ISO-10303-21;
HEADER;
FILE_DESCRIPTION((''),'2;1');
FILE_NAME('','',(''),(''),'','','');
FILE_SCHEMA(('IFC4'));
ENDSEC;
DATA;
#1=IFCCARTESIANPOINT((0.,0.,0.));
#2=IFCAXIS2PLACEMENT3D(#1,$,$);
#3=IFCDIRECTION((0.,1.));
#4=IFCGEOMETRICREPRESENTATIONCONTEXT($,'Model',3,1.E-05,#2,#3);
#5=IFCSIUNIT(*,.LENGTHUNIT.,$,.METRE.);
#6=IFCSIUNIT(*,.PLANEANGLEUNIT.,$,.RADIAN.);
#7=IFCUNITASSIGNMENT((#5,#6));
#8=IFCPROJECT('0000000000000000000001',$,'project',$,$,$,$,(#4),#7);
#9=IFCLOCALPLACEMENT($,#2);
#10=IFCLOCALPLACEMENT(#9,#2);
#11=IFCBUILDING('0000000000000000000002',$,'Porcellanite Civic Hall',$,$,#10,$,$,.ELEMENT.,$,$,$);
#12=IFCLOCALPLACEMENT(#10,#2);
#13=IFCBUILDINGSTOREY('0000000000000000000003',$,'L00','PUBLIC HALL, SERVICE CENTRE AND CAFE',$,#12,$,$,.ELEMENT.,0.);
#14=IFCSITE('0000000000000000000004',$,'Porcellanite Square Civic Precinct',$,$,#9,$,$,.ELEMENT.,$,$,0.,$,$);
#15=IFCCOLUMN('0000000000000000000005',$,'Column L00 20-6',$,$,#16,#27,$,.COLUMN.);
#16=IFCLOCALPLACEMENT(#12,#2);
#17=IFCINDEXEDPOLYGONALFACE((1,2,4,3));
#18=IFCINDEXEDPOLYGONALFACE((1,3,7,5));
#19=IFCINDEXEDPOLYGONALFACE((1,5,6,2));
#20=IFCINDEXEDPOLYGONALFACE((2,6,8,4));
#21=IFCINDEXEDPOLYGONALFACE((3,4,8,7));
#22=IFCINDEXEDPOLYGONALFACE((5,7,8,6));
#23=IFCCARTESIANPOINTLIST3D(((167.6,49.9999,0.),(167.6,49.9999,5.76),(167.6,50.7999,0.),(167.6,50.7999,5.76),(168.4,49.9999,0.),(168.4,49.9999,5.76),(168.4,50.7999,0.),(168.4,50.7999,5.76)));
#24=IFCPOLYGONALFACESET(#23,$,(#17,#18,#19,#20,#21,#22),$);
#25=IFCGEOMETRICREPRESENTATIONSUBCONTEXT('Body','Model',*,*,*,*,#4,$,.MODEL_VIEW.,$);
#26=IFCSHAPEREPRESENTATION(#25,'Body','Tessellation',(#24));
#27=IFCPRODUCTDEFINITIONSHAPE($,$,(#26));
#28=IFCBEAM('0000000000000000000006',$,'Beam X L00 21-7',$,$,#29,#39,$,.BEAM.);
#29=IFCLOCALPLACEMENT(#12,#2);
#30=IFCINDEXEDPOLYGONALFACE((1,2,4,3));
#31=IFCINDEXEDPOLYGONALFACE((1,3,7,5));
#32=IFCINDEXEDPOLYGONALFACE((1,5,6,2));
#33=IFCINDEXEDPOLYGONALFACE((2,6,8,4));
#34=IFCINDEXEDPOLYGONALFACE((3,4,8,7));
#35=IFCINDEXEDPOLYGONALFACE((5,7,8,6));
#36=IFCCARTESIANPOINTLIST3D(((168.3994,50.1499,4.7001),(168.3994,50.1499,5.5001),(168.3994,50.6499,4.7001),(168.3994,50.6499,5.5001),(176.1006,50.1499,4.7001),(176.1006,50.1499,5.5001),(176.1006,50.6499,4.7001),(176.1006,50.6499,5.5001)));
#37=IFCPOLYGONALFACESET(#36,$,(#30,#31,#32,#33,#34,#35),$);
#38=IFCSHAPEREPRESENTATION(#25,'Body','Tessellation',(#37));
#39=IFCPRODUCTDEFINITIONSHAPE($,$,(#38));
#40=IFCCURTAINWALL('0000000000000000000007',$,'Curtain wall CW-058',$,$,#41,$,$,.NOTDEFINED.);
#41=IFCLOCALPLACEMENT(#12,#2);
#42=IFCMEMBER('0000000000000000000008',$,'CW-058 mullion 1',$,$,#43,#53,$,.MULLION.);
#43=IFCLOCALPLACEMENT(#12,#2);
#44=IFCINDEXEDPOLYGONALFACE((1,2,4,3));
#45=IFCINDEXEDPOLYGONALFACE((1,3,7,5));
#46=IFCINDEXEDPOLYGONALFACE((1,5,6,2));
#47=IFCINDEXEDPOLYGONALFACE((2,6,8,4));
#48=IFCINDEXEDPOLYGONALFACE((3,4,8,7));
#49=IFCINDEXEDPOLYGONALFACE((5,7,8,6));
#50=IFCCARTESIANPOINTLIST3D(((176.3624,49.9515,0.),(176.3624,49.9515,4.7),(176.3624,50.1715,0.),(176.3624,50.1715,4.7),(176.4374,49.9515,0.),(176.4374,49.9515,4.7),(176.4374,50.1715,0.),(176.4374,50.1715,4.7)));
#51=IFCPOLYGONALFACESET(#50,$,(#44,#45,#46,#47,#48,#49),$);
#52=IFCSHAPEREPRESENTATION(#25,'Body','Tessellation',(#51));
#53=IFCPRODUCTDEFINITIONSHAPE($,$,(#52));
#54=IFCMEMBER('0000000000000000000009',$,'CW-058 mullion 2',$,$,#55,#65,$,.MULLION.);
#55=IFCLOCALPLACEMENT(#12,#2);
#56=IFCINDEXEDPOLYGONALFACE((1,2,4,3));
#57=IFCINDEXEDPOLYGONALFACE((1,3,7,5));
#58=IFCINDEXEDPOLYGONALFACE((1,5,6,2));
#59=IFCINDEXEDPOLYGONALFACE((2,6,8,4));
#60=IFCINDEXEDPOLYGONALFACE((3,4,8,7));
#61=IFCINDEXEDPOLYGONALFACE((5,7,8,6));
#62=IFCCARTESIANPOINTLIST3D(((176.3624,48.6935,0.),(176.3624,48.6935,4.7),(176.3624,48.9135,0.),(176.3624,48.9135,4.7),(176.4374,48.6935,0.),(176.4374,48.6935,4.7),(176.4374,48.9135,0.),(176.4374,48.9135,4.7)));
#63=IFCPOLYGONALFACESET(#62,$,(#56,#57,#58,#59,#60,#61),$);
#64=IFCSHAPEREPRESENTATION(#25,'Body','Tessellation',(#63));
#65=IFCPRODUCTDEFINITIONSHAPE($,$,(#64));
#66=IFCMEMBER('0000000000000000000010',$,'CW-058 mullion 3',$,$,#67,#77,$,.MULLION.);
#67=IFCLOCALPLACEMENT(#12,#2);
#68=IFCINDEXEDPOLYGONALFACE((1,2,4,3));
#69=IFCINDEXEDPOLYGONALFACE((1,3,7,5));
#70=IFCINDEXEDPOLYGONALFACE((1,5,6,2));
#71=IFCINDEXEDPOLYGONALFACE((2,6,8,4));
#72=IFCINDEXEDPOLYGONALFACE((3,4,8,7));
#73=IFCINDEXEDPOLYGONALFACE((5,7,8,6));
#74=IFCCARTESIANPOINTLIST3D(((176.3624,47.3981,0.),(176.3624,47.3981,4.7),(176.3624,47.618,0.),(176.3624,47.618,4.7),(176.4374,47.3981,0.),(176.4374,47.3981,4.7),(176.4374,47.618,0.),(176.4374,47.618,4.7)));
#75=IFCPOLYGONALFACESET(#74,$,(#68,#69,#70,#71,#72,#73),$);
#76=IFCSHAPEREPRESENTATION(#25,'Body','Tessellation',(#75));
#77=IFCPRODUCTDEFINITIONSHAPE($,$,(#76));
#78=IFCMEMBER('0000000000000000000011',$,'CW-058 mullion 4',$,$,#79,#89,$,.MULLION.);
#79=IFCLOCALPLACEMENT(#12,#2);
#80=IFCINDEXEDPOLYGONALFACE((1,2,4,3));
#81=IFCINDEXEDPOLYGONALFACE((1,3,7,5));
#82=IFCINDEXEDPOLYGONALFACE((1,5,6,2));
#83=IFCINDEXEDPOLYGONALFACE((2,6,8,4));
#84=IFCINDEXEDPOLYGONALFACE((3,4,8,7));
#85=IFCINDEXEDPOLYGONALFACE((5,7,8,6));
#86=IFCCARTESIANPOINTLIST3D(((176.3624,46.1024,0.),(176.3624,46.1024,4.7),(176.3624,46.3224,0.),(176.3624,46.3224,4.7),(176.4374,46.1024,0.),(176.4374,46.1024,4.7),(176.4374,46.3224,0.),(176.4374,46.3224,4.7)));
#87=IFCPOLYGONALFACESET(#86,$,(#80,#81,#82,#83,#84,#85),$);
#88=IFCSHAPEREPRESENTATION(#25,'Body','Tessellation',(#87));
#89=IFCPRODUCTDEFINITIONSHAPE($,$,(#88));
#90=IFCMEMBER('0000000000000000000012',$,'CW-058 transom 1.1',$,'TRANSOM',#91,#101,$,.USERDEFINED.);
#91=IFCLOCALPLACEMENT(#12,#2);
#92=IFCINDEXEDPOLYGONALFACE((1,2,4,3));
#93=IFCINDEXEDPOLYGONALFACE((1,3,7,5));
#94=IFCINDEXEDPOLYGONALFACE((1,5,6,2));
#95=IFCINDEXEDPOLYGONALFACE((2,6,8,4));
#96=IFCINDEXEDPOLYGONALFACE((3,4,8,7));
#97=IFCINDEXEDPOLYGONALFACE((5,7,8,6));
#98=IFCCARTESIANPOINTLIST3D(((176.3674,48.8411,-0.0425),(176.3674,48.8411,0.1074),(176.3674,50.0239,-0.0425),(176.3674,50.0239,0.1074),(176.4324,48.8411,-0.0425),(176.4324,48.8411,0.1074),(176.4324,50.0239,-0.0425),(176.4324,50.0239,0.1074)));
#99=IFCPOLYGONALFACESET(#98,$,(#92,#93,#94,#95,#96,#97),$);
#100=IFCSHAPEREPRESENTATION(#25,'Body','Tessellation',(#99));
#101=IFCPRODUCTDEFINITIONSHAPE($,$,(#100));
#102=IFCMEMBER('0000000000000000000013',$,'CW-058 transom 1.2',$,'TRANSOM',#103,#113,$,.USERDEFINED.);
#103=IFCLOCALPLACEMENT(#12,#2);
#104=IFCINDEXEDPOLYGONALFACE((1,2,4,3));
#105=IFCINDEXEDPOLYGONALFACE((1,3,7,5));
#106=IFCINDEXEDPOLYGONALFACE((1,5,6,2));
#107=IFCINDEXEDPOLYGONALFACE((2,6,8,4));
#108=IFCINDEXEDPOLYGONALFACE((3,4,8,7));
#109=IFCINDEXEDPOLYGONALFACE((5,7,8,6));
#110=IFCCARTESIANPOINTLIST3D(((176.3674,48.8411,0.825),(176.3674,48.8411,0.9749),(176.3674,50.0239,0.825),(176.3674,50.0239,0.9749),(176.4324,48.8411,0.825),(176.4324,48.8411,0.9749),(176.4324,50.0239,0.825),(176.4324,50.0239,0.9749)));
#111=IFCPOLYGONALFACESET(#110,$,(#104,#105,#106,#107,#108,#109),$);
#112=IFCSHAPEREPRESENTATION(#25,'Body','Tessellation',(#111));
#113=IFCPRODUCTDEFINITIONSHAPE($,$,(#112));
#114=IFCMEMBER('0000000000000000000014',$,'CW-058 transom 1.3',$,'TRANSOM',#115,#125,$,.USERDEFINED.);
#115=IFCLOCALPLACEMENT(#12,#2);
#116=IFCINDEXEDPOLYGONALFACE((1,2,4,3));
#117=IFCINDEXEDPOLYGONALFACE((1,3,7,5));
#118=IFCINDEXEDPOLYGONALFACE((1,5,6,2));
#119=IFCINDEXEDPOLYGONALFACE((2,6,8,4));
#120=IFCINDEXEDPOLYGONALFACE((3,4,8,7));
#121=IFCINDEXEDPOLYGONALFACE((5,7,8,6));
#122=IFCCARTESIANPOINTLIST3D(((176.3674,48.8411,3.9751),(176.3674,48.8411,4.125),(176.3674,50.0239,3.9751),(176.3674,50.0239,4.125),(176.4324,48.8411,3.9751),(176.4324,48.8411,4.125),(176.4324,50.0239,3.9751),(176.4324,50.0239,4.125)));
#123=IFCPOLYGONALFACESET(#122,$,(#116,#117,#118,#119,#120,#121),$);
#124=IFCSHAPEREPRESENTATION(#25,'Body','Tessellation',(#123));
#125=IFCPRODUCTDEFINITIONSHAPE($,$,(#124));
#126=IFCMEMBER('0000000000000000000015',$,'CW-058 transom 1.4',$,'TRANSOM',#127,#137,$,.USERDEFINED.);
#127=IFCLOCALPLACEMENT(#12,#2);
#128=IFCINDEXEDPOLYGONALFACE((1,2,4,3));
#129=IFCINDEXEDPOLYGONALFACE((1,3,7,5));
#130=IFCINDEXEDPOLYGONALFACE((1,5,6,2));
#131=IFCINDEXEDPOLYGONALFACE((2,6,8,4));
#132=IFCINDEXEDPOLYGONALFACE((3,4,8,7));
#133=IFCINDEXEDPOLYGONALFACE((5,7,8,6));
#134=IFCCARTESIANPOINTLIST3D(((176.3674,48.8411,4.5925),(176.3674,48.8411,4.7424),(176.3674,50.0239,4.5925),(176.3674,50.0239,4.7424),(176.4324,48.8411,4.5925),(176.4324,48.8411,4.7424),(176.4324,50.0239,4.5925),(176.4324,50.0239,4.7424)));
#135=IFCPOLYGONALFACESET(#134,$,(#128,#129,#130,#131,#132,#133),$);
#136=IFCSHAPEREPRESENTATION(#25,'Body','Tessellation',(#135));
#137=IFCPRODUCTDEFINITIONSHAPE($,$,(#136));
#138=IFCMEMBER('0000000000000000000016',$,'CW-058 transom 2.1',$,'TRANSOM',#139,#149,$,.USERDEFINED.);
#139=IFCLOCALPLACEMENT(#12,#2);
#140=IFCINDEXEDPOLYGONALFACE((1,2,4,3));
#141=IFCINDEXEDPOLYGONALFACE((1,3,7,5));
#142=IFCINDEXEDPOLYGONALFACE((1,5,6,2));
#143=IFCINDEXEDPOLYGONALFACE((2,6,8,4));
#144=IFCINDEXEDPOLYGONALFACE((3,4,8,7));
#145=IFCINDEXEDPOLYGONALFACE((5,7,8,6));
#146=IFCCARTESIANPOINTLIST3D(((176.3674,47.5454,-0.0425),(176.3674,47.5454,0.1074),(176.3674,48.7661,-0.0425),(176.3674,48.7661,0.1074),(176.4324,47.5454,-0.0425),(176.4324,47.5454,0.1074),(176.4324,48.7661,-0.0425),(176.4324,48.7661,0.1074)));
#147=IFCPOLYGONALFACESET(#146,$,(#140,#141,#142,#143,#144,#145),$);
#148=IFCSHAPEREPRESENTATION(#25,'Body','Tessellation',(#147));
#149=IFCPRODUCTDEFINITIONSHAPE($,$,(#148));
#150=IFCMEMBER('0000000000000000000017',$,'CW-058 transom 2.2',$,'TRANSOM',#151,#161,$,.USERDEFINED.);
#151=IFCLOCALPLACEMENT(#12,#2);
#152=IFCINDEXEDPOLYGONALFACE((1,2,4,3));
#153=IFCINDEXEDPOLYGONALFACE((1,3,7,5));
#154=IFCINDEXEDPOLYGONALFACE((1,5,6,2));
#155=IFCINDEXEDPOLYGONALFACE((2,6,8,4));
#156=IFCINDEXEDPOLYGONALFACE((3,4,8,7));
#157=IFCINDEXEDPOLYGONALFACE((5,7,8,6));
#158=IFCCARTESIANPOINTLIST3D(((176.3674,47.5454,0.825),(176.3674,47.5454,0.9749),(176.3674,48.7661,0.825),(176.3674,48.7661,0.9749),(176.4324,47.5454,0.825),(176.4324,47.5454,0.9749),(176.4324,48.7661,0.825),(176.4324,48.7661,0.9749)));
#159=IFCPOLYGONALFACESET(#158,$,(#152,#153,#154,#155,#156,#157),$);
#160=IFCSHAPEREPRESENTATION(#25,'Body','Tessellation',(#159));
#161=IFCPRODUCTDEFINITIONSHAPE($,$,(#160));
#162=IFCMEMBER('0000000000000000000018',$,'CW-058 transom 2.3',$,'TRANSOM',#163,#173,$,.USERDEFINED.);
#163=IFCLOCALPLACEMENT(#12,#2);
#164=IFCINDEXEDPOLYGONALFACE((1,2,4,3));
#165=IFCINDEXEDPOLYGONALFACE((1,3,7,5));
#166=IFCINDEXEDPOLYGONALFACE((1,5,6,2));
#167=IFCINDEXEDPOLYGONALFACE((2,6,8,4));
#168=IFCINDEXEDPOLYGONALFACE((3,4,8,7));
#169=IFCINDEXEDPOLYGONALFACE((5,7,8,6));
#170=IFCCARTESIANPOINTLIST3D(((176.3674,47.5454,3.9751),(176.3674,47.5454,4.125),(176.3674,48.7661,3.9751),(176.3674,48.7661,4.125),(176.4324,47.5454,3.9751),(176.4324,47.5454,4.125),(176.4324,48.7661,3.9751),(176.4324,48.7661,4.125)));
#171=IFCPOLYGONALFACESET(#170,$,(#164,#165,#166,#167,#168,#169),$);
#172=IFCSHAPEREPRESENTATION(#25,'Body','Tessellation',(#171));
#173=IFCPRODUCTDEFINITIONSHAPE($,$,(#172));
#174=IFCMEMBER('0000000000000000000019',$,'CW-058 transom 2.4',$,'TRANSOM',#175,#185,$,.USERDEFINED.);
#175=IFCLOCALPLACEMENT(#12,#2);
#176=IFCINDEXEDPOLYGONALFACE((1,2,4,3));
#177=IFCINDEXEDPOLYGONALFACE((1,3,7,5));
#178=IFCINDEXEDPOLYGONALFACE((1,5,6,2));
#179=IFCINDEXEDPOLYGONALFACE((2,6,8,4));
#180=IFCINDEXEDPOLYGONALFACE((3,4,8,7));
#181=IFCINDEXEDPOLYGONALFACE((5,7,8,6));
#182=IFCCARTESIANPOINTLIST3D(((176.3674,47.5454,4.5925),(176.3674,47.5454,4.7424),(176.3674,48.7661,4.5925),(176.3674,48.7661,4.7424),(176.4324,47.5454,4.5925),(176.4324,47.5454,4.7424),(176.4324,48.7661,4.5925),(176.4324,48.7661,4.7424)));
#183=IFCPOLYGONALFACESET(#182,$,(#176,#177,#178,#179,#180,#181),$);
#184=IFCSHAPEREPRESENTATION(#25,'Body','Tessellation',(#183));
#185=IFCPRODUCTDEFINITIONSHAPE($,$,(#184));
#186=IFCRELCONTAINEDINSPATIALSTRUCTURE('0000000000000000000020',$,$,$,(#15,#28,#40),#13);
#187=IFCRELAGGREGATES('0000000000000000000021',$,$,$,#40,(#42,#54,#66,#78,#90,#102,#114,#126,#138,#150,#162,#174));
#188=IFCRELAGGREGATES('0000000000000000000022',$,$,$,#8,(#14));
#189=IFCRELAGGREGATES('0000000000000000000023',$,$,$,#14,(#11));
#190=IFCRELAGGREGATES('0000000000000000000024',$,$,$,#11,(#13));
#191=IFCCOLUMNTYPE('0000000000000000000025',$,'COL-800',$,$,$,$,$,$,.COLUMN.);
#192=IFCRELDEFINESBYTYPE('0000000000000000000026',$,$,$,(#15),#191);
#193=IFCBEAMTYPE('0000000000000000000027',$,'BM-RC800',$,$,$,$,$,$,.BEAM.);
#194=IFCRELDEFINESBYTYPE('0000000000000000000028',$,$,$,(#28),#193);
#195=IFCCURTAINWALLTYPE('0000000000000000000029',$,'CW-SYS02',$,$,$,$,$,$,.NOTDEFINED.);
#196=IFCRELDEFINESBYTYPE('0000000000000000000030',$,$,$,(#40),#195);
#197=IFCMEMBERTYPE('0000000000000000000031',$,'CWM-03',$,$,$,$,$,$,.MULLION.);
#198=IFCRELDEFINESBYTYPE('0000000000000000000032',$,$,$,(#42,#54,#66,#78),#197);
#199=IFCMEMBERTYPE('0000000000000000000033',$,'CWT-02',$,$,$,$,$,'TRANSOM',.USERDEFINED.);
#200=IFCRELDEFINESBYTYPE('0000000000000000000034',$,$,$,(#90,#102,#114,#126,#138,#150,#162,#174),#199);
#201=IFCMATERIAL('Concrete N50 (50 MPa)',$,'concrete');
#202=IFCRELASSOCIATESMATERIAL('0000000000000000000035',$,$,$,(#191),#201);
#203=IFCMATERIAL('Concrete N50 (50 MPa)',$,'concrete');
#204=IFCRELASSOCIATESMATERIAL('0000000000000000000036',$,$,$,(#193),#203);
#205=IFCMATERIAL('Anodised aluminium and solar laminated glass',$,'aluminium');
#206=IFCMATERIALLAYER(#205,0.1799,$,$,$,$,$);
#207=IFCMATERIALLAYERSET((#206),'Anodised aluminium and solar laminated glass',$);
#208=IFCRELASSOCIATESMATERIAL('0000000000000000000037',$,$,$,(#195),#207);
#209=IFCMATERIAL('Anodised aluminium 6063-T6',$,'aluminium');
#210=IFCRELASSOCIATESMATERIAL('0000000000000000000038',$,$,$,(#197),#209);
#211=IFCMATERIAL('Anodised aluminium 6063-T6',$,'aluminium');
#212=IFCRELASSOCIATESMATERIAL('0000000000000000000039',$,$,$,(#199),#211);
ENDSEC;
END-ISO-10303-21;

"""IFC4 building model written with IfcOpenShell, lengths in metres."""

from ifc_helpers import new_model, si_unit, direction, frame, origin, origin_2d, place, context, subcontext, project, spatial, rectangle, extrude, material, layer, layer_set, material_profile, profile_set, type_object, element, aggregate, save


model = new_model("IFC4")

# Units and contexts
model_context = context("Model", 3, precision=1e-05, world=origin(), true_north=direction((0.0, 1.0)))
body_context = subcontext(model_context, "Body", "Model", "MODEL_VIEW")
ifc_project = project(units=[si_unit("LENGTHUNIT", "METRE"), si_unit("PLANEANGLEUNIT", "RADIAN")], contexts=[model_context])

# Site, building, storey
site_placement = place(None, origin())
site = spatial("IfcSite", under=ifc_project, at=site_placement, Name="Porcellanite Square Civic Precinct", CompositionType="ELEMENT", RefElevation=0.0)
building_placement = place(site_placement, origin())
building = spatial("IfcBuilding", under=site, at=building_placement, Name="Porcellanite Civic Hall", CompositionType="ELEMENT")
storey_placement = place(building_placement, origin())
storey = spatial("IfcBuildingStorey", under=building, at=storey_placement, Name="L00", Description="PUBLIC HALL, SERVICE CENTRE AND CAFE", CompositionType="ELEMENT", Elevation=0.0)

# Column
ifc_material_1 = material(Name="Concrete N50 (50 MPa)", Category="concrete")
ifc_material_profile_1 = material_profile(ifc_material_1, rectangle(XDim=0.8, YDim=0.8, at=origin_2d()), Name="RC-800x800")
ifc_profile_set_1 = profile_set([ifc_material_profile_1], Name="Concrete N50 (50 MPa)")
column_type = type_object("IfcColumnType", Name="COL-800", PredefinedType="COLUMN", material=ifc_profile_set_1)
column_placement = place(storey_placement, frame((168.0, 50.3999, 0.0), z_axis=(0.0, 0.0, 1.0), x_axis=(1.0, 0.0, 0.0)))
element("IfcColumn", 1, at=column_placement, inside=storey, type_object=column_type, Name="Column L00 20-6", PredefinedType="COLUMN", context=body_context, shape_type="SweptSolid", body=[
    extrude(rectangle(XDim=0.8, YDim=0.8, at=origin_2d()), origin(), (0.0, 0.0, 1.0), 5.76),
])

# Beam
ifc_material_2 = material(Name="Concrete N50 (50 MPa)", Category="concrete")
ifc_material_profile_2 = material_profile(ifc_material_2, rectangle(XDim=0.5, YDim=0.8, at=origin_2d()), Name="RC-500x800")
ifc_profile_set_2 = profile_set([ifc_material_profile_2], Name="Concrete N50 (50 MPa)")
beam_type = type_object("IfcBeamType", Name="BM-RC800", PredefinedType="BEAM", material=ifc_profile_set_2)
beam_placement = place(storey_placement, frame((168.3994, 50.3999, 5.1001), z_axis=(1.0, 0.0, 0.0), x_axis=(0.0, 1.0, 0.0)))
element("IfcBeam", 2, at=beam_placement, inside=storey, type_object=beam_type, Name="Beam X L00 21-7", PredefinedType="BEAM", context=body_context, shape_type="SweptSolid", body=[
    extrude(rectangle(XDim=0.5, YDim=0.8, at=origin_2d()), origin(), (0.0, 0.0, 1.0), 7.7012),
])

# Curtain wall, members
ifc_material_3 = material(Name="Anodised aluminium and solar laminated glass", Category="aluminium")
ifc_layer_1 = layer(ifc_material_3, 0.1799)
ifc_layer_set_1 = layer_set([ifc_layer_1], Name="Anodised aluminium and solar laminated glass")
curtain_wall_type = type_object("IfcCurtainWallType", Name="CW-SYS02", PredefinedType="NOTDEFINED", material=ifc_layer_set_1)
curtain_wall_placement = place(storey_placement, origin())
curtain_wall = element("IfcCurtainWall", 3, at=curtain_wall_placement, inside=storey, type_object=curtain_wall_type, Name="Curtain wall CW-058", PredefinedType="NOTDEFINED")
ifc_material_4 = material(Name="Anodised aluminium 6063-T6", Category="aluminium")
ifc_material_profile_3 = material_profile(ifc_material_4, rectangle(XDim=0.075, YDim=0.22, at=origin_2d()), Name="AL-75x220")
ifc_profile_set_3 = profile_set([ifc_material_profile_3], Name="Anodised aluminium 6063-T6")
member_type_1 = type_object("IfcMemberType", Name="CWM-03", PredefinedType="MULLION", material=ifc_profile_set_3)
member_1_placement = place(storey_placement, frame((176.3999, 50.0615, 0.0), z_axis=(0.0, 0.0, 1.0), x_axis=(1.0, 0.0, 0.0)))
member_1 = element("IfcMember", 4, at=member_1_placement, type_object=member_type_1, Name="CW-058 mullion 1", PredefinedType="MULLION", context=body_context, shape_type="SweptSolid", body=[
    extrude(rectangle(XDim=0.075, YDim=0.22, at=origin_2d()), origin(), (0.0, 0.0, 1.0), 4.7),
])
member_2_placement = place(storey_placement, frame((176.3999, 48.8035, 0.0), z_axis=(0.0, 0.0, 1.0), x_axis=(1.0, 0.0, 0.0)))
member_2 = element("IfcMember", 5, at=member_2_placement, type_object=member_type_1, Name="CW-058 mullion 2", PredefinedType="MULLION", context=body_context, shape_type="SweptSolid", body=[
    extrude(rectangle(XDim=0.075, YDim=0.22, at=origin_2d()), origin(), (0.0, 0.0, 1.0), 4.7),
])
member_3_placement = place(storey_placement, frame((176.3999, 47.5081, 0.0), z_axis=(0.0, 0.0, 1.0), x_axis=(1.0, 0.0, 0.0)))
member_3 = element("IfcMember", 6, at=member_3_placement, type_object=member_type_1, Name="CW-058 mullion 3", PredefinedType="MULLION", context=body_context, shape_type="SweptSolid", body=[
    extrude(rectangle(XDim=0.075, YDim=0.22, at=origin_2d()), origin(), (0.0, 0.0, 1.0), 4.7),
])
member_4_placement = place(storey_placement, frame((176.3999, 46.2124, 0.0), z_axis=(0.0, 0.0, 1.0), x_axis=(1.0, 0.0, 0.0)))
member_4 = element("IfcMember", 7, at=member_4_placement, type_object=member_type_1, Name="CW-058 mullion 4", PredefinedType="MULLION", context=body_context, shape_type="SweptSolid", body=[
    extrude(rectangle(XDim=0.075, YDim=0.22, at=origin_2d()), origin(), (0.0, 0.0, 1.0), 4.7),
])
ifc_material_5 = material(Name="Anodised aluminium 6063-T6", Category="aluminium")
ifc_material_profile_4 = material_profile(ifc_material_5, rectangle(XDim=0.0649, YDim=0.1499, at=origin_2d()), Name="AL-65x150")
ifc_profile_set_4 = profile_set([ifc_material_profile_4], Name="Anodised aluminium 6063-T6")
member_type_2 = type_object("IfcMemberType", Name="CWT-02", ElementType="TRANSOM", PredefinedType="USERDEFINED", material=ifc_profile_set_4)
member_5_placement = place(storey_placement, frame((176.3999, 50.0239, 0.0325), z_axis=(0.0, -1.0, 0.0), x_axis=(1.0, 0.0, 0.0)))
member_5 = element("IfcMember", 8, at=member_5_placement, type_object=member_type_2, Name="CW-058 transom 1.1", ObjectType="TRANSOM", PredefinedType="USERDEFINED", context=body_context, shape_type="SweptSolid", body=[
    extrude(rectangle(XDim=0.0649, YDim=0.1499, at=origin_2d()), origin(), (0.0, 0.0, 1.0), 1.1829),
])
member_6_placement = place(storey_placement, frame((176.3999, 50.0239, 0.8999), z_axis=(0.0, -1.0, 0.0), x_axis=(1.0, 0.0, 0.0)))
member_6 = element("IfcMember", 9, at=member_6_placement, type_object=member_type_2, Name="CW-058 transom 1.2", ObjectType="TRANSOM", PredefinedType="USERDEFINED", context=body_context, shape_type="SweptSolid", body=[
    extrude(rectangle(XDim=0.0649, YDim=0.1499, at=origin_2d()), origin(), (0.0, 0.0, 1.0), 1.1829),
])
member_7_placement = place(storey_placement, frame((176.3999, 50.0239, 4.05), z_axis=(0.0, -1.0, 0.0), x_axis=(1.0, 0.0, 0.0)))
member_7 = element("IfcMember", 10, at=member_7_placement, type_object=member_type_2, Name="CW-058 transom 1.3", ObjectType="TRANSOM", PredefinedType="USERDEFINED", context=body_context, shape_type="SweptSolid", body=[
    extrude(rectangle(XDim=0.0649, YDim=0.1499, at=origin_2d()), origin(), (0.0, 0.0, 1.0), 1.1829),
])
member_8_placement = place(storey_placement, frame((176.3999, 50.0239, 4.6675), z_axis=(0.0, -1.0, 0.0), x_axis=(1.0, 0.0, 0.0)))
member_8 = element("IfcMember", 11, at=member_8_placement, type_object=member_type_2, Name="CW-058 transom 1.4", ObjectType="TRANSOM", PredefinedType="USERDEFINED", context=body_context, shape_type="SweptSolid", body=[
    extrude(rectangle(XDim=0.0649, YDim=0.1499, at=origin_2d()), origin(), (0.0, 0.0, 1.0), 1.1829),
])
member_9_placement = place(storey_placement, frame((176.3999, 48.7661, 0.0325), z_axis=(0.0, -1.0, 0.0), x_axis=(1.0, 0.0, 0.0)))
member_9 = element("IfcMember", 12, at=member_9_placement, type_object=member_type_2, Name="CW-058 transom 2.1", ObjectType="TRANSOM", PredefinedType="USERDEFINED", context=body_context, shape_type="SweptSolid", body=[
    extrude(rectangle(XDim=0.0649, YDim=0.1499, at=origin_2d()), origin(), (0.0, 0.0, 1.0), 1.2207),
])
member_10_placement = place(storey_placement, frame((176.3999, 48.7661, 0.8999), z_axis=(0.0, -1.0, 0.0), x_axis=(1.0, 0.0, 0.0)))
member_10 = element("IfcMember", 13, at=member_10_placement, type_object=member_type_2, Name="CW-058 transom 2.2", ObjectType="TRANSOM", PredefinedType="USERDEFINED", context=body_context, shape_type="SweptSolid", body=[
    extrude(rectangle(XDim=0.0649, YDim=0.1499, at=origin_2d()), origin(), (0.0, 0.0, 1.0), 1.2207),
])
member_11_placement = place(storey_placement, frame((176.3999, 48.7661, 4.05), z_axis=(0.0, -1.0, 0.0), x_axis=(1.0, 0.0, 0.0)))
member_11 = element("IfcMember", 14, at=member_11_placement, type_object=member_type_2, Name="CW-058 transom 2.3", ObjectType="TRANSOM", PredefinedType="USERDEFINED", context=body_context, shape_type="SweptSolid", body=[
    extrude(rectangle(XDim=0.0649, YDim=0.1499, at=origin_2d()), origin(), (0.0, 0.0, 1.0), 1.2207),
])
member_12_placement = place(storey_placement, frame((176.3999, 48.7661, 4.6675), z_axis=(0.0, -1.0, 0.0), x_axis=(1.0, 0.0, 0.0)))
member_12 = element("IfcMember", 15, at=member_12_placement, type_object=member_type_2, Name="CW-058 transom 2.4", ObjectType="TRANSOM", PredefinedType="USERDEFINED", context=body_context, shape_type="SweptSolid", body=[
    extrude(rectangle(XDim=0.0649, YDim=0.1499, at=origin_2d()), origin(), (0.0, 0.0, 1.0), 1.2207),
])

aggregate(curtain_wall, [member_1, member_2, member_3, member_4, member_5, member_6, member_7, member_8, member_9, member_10, member_11, member_12])

save(model, "model.ifc")
